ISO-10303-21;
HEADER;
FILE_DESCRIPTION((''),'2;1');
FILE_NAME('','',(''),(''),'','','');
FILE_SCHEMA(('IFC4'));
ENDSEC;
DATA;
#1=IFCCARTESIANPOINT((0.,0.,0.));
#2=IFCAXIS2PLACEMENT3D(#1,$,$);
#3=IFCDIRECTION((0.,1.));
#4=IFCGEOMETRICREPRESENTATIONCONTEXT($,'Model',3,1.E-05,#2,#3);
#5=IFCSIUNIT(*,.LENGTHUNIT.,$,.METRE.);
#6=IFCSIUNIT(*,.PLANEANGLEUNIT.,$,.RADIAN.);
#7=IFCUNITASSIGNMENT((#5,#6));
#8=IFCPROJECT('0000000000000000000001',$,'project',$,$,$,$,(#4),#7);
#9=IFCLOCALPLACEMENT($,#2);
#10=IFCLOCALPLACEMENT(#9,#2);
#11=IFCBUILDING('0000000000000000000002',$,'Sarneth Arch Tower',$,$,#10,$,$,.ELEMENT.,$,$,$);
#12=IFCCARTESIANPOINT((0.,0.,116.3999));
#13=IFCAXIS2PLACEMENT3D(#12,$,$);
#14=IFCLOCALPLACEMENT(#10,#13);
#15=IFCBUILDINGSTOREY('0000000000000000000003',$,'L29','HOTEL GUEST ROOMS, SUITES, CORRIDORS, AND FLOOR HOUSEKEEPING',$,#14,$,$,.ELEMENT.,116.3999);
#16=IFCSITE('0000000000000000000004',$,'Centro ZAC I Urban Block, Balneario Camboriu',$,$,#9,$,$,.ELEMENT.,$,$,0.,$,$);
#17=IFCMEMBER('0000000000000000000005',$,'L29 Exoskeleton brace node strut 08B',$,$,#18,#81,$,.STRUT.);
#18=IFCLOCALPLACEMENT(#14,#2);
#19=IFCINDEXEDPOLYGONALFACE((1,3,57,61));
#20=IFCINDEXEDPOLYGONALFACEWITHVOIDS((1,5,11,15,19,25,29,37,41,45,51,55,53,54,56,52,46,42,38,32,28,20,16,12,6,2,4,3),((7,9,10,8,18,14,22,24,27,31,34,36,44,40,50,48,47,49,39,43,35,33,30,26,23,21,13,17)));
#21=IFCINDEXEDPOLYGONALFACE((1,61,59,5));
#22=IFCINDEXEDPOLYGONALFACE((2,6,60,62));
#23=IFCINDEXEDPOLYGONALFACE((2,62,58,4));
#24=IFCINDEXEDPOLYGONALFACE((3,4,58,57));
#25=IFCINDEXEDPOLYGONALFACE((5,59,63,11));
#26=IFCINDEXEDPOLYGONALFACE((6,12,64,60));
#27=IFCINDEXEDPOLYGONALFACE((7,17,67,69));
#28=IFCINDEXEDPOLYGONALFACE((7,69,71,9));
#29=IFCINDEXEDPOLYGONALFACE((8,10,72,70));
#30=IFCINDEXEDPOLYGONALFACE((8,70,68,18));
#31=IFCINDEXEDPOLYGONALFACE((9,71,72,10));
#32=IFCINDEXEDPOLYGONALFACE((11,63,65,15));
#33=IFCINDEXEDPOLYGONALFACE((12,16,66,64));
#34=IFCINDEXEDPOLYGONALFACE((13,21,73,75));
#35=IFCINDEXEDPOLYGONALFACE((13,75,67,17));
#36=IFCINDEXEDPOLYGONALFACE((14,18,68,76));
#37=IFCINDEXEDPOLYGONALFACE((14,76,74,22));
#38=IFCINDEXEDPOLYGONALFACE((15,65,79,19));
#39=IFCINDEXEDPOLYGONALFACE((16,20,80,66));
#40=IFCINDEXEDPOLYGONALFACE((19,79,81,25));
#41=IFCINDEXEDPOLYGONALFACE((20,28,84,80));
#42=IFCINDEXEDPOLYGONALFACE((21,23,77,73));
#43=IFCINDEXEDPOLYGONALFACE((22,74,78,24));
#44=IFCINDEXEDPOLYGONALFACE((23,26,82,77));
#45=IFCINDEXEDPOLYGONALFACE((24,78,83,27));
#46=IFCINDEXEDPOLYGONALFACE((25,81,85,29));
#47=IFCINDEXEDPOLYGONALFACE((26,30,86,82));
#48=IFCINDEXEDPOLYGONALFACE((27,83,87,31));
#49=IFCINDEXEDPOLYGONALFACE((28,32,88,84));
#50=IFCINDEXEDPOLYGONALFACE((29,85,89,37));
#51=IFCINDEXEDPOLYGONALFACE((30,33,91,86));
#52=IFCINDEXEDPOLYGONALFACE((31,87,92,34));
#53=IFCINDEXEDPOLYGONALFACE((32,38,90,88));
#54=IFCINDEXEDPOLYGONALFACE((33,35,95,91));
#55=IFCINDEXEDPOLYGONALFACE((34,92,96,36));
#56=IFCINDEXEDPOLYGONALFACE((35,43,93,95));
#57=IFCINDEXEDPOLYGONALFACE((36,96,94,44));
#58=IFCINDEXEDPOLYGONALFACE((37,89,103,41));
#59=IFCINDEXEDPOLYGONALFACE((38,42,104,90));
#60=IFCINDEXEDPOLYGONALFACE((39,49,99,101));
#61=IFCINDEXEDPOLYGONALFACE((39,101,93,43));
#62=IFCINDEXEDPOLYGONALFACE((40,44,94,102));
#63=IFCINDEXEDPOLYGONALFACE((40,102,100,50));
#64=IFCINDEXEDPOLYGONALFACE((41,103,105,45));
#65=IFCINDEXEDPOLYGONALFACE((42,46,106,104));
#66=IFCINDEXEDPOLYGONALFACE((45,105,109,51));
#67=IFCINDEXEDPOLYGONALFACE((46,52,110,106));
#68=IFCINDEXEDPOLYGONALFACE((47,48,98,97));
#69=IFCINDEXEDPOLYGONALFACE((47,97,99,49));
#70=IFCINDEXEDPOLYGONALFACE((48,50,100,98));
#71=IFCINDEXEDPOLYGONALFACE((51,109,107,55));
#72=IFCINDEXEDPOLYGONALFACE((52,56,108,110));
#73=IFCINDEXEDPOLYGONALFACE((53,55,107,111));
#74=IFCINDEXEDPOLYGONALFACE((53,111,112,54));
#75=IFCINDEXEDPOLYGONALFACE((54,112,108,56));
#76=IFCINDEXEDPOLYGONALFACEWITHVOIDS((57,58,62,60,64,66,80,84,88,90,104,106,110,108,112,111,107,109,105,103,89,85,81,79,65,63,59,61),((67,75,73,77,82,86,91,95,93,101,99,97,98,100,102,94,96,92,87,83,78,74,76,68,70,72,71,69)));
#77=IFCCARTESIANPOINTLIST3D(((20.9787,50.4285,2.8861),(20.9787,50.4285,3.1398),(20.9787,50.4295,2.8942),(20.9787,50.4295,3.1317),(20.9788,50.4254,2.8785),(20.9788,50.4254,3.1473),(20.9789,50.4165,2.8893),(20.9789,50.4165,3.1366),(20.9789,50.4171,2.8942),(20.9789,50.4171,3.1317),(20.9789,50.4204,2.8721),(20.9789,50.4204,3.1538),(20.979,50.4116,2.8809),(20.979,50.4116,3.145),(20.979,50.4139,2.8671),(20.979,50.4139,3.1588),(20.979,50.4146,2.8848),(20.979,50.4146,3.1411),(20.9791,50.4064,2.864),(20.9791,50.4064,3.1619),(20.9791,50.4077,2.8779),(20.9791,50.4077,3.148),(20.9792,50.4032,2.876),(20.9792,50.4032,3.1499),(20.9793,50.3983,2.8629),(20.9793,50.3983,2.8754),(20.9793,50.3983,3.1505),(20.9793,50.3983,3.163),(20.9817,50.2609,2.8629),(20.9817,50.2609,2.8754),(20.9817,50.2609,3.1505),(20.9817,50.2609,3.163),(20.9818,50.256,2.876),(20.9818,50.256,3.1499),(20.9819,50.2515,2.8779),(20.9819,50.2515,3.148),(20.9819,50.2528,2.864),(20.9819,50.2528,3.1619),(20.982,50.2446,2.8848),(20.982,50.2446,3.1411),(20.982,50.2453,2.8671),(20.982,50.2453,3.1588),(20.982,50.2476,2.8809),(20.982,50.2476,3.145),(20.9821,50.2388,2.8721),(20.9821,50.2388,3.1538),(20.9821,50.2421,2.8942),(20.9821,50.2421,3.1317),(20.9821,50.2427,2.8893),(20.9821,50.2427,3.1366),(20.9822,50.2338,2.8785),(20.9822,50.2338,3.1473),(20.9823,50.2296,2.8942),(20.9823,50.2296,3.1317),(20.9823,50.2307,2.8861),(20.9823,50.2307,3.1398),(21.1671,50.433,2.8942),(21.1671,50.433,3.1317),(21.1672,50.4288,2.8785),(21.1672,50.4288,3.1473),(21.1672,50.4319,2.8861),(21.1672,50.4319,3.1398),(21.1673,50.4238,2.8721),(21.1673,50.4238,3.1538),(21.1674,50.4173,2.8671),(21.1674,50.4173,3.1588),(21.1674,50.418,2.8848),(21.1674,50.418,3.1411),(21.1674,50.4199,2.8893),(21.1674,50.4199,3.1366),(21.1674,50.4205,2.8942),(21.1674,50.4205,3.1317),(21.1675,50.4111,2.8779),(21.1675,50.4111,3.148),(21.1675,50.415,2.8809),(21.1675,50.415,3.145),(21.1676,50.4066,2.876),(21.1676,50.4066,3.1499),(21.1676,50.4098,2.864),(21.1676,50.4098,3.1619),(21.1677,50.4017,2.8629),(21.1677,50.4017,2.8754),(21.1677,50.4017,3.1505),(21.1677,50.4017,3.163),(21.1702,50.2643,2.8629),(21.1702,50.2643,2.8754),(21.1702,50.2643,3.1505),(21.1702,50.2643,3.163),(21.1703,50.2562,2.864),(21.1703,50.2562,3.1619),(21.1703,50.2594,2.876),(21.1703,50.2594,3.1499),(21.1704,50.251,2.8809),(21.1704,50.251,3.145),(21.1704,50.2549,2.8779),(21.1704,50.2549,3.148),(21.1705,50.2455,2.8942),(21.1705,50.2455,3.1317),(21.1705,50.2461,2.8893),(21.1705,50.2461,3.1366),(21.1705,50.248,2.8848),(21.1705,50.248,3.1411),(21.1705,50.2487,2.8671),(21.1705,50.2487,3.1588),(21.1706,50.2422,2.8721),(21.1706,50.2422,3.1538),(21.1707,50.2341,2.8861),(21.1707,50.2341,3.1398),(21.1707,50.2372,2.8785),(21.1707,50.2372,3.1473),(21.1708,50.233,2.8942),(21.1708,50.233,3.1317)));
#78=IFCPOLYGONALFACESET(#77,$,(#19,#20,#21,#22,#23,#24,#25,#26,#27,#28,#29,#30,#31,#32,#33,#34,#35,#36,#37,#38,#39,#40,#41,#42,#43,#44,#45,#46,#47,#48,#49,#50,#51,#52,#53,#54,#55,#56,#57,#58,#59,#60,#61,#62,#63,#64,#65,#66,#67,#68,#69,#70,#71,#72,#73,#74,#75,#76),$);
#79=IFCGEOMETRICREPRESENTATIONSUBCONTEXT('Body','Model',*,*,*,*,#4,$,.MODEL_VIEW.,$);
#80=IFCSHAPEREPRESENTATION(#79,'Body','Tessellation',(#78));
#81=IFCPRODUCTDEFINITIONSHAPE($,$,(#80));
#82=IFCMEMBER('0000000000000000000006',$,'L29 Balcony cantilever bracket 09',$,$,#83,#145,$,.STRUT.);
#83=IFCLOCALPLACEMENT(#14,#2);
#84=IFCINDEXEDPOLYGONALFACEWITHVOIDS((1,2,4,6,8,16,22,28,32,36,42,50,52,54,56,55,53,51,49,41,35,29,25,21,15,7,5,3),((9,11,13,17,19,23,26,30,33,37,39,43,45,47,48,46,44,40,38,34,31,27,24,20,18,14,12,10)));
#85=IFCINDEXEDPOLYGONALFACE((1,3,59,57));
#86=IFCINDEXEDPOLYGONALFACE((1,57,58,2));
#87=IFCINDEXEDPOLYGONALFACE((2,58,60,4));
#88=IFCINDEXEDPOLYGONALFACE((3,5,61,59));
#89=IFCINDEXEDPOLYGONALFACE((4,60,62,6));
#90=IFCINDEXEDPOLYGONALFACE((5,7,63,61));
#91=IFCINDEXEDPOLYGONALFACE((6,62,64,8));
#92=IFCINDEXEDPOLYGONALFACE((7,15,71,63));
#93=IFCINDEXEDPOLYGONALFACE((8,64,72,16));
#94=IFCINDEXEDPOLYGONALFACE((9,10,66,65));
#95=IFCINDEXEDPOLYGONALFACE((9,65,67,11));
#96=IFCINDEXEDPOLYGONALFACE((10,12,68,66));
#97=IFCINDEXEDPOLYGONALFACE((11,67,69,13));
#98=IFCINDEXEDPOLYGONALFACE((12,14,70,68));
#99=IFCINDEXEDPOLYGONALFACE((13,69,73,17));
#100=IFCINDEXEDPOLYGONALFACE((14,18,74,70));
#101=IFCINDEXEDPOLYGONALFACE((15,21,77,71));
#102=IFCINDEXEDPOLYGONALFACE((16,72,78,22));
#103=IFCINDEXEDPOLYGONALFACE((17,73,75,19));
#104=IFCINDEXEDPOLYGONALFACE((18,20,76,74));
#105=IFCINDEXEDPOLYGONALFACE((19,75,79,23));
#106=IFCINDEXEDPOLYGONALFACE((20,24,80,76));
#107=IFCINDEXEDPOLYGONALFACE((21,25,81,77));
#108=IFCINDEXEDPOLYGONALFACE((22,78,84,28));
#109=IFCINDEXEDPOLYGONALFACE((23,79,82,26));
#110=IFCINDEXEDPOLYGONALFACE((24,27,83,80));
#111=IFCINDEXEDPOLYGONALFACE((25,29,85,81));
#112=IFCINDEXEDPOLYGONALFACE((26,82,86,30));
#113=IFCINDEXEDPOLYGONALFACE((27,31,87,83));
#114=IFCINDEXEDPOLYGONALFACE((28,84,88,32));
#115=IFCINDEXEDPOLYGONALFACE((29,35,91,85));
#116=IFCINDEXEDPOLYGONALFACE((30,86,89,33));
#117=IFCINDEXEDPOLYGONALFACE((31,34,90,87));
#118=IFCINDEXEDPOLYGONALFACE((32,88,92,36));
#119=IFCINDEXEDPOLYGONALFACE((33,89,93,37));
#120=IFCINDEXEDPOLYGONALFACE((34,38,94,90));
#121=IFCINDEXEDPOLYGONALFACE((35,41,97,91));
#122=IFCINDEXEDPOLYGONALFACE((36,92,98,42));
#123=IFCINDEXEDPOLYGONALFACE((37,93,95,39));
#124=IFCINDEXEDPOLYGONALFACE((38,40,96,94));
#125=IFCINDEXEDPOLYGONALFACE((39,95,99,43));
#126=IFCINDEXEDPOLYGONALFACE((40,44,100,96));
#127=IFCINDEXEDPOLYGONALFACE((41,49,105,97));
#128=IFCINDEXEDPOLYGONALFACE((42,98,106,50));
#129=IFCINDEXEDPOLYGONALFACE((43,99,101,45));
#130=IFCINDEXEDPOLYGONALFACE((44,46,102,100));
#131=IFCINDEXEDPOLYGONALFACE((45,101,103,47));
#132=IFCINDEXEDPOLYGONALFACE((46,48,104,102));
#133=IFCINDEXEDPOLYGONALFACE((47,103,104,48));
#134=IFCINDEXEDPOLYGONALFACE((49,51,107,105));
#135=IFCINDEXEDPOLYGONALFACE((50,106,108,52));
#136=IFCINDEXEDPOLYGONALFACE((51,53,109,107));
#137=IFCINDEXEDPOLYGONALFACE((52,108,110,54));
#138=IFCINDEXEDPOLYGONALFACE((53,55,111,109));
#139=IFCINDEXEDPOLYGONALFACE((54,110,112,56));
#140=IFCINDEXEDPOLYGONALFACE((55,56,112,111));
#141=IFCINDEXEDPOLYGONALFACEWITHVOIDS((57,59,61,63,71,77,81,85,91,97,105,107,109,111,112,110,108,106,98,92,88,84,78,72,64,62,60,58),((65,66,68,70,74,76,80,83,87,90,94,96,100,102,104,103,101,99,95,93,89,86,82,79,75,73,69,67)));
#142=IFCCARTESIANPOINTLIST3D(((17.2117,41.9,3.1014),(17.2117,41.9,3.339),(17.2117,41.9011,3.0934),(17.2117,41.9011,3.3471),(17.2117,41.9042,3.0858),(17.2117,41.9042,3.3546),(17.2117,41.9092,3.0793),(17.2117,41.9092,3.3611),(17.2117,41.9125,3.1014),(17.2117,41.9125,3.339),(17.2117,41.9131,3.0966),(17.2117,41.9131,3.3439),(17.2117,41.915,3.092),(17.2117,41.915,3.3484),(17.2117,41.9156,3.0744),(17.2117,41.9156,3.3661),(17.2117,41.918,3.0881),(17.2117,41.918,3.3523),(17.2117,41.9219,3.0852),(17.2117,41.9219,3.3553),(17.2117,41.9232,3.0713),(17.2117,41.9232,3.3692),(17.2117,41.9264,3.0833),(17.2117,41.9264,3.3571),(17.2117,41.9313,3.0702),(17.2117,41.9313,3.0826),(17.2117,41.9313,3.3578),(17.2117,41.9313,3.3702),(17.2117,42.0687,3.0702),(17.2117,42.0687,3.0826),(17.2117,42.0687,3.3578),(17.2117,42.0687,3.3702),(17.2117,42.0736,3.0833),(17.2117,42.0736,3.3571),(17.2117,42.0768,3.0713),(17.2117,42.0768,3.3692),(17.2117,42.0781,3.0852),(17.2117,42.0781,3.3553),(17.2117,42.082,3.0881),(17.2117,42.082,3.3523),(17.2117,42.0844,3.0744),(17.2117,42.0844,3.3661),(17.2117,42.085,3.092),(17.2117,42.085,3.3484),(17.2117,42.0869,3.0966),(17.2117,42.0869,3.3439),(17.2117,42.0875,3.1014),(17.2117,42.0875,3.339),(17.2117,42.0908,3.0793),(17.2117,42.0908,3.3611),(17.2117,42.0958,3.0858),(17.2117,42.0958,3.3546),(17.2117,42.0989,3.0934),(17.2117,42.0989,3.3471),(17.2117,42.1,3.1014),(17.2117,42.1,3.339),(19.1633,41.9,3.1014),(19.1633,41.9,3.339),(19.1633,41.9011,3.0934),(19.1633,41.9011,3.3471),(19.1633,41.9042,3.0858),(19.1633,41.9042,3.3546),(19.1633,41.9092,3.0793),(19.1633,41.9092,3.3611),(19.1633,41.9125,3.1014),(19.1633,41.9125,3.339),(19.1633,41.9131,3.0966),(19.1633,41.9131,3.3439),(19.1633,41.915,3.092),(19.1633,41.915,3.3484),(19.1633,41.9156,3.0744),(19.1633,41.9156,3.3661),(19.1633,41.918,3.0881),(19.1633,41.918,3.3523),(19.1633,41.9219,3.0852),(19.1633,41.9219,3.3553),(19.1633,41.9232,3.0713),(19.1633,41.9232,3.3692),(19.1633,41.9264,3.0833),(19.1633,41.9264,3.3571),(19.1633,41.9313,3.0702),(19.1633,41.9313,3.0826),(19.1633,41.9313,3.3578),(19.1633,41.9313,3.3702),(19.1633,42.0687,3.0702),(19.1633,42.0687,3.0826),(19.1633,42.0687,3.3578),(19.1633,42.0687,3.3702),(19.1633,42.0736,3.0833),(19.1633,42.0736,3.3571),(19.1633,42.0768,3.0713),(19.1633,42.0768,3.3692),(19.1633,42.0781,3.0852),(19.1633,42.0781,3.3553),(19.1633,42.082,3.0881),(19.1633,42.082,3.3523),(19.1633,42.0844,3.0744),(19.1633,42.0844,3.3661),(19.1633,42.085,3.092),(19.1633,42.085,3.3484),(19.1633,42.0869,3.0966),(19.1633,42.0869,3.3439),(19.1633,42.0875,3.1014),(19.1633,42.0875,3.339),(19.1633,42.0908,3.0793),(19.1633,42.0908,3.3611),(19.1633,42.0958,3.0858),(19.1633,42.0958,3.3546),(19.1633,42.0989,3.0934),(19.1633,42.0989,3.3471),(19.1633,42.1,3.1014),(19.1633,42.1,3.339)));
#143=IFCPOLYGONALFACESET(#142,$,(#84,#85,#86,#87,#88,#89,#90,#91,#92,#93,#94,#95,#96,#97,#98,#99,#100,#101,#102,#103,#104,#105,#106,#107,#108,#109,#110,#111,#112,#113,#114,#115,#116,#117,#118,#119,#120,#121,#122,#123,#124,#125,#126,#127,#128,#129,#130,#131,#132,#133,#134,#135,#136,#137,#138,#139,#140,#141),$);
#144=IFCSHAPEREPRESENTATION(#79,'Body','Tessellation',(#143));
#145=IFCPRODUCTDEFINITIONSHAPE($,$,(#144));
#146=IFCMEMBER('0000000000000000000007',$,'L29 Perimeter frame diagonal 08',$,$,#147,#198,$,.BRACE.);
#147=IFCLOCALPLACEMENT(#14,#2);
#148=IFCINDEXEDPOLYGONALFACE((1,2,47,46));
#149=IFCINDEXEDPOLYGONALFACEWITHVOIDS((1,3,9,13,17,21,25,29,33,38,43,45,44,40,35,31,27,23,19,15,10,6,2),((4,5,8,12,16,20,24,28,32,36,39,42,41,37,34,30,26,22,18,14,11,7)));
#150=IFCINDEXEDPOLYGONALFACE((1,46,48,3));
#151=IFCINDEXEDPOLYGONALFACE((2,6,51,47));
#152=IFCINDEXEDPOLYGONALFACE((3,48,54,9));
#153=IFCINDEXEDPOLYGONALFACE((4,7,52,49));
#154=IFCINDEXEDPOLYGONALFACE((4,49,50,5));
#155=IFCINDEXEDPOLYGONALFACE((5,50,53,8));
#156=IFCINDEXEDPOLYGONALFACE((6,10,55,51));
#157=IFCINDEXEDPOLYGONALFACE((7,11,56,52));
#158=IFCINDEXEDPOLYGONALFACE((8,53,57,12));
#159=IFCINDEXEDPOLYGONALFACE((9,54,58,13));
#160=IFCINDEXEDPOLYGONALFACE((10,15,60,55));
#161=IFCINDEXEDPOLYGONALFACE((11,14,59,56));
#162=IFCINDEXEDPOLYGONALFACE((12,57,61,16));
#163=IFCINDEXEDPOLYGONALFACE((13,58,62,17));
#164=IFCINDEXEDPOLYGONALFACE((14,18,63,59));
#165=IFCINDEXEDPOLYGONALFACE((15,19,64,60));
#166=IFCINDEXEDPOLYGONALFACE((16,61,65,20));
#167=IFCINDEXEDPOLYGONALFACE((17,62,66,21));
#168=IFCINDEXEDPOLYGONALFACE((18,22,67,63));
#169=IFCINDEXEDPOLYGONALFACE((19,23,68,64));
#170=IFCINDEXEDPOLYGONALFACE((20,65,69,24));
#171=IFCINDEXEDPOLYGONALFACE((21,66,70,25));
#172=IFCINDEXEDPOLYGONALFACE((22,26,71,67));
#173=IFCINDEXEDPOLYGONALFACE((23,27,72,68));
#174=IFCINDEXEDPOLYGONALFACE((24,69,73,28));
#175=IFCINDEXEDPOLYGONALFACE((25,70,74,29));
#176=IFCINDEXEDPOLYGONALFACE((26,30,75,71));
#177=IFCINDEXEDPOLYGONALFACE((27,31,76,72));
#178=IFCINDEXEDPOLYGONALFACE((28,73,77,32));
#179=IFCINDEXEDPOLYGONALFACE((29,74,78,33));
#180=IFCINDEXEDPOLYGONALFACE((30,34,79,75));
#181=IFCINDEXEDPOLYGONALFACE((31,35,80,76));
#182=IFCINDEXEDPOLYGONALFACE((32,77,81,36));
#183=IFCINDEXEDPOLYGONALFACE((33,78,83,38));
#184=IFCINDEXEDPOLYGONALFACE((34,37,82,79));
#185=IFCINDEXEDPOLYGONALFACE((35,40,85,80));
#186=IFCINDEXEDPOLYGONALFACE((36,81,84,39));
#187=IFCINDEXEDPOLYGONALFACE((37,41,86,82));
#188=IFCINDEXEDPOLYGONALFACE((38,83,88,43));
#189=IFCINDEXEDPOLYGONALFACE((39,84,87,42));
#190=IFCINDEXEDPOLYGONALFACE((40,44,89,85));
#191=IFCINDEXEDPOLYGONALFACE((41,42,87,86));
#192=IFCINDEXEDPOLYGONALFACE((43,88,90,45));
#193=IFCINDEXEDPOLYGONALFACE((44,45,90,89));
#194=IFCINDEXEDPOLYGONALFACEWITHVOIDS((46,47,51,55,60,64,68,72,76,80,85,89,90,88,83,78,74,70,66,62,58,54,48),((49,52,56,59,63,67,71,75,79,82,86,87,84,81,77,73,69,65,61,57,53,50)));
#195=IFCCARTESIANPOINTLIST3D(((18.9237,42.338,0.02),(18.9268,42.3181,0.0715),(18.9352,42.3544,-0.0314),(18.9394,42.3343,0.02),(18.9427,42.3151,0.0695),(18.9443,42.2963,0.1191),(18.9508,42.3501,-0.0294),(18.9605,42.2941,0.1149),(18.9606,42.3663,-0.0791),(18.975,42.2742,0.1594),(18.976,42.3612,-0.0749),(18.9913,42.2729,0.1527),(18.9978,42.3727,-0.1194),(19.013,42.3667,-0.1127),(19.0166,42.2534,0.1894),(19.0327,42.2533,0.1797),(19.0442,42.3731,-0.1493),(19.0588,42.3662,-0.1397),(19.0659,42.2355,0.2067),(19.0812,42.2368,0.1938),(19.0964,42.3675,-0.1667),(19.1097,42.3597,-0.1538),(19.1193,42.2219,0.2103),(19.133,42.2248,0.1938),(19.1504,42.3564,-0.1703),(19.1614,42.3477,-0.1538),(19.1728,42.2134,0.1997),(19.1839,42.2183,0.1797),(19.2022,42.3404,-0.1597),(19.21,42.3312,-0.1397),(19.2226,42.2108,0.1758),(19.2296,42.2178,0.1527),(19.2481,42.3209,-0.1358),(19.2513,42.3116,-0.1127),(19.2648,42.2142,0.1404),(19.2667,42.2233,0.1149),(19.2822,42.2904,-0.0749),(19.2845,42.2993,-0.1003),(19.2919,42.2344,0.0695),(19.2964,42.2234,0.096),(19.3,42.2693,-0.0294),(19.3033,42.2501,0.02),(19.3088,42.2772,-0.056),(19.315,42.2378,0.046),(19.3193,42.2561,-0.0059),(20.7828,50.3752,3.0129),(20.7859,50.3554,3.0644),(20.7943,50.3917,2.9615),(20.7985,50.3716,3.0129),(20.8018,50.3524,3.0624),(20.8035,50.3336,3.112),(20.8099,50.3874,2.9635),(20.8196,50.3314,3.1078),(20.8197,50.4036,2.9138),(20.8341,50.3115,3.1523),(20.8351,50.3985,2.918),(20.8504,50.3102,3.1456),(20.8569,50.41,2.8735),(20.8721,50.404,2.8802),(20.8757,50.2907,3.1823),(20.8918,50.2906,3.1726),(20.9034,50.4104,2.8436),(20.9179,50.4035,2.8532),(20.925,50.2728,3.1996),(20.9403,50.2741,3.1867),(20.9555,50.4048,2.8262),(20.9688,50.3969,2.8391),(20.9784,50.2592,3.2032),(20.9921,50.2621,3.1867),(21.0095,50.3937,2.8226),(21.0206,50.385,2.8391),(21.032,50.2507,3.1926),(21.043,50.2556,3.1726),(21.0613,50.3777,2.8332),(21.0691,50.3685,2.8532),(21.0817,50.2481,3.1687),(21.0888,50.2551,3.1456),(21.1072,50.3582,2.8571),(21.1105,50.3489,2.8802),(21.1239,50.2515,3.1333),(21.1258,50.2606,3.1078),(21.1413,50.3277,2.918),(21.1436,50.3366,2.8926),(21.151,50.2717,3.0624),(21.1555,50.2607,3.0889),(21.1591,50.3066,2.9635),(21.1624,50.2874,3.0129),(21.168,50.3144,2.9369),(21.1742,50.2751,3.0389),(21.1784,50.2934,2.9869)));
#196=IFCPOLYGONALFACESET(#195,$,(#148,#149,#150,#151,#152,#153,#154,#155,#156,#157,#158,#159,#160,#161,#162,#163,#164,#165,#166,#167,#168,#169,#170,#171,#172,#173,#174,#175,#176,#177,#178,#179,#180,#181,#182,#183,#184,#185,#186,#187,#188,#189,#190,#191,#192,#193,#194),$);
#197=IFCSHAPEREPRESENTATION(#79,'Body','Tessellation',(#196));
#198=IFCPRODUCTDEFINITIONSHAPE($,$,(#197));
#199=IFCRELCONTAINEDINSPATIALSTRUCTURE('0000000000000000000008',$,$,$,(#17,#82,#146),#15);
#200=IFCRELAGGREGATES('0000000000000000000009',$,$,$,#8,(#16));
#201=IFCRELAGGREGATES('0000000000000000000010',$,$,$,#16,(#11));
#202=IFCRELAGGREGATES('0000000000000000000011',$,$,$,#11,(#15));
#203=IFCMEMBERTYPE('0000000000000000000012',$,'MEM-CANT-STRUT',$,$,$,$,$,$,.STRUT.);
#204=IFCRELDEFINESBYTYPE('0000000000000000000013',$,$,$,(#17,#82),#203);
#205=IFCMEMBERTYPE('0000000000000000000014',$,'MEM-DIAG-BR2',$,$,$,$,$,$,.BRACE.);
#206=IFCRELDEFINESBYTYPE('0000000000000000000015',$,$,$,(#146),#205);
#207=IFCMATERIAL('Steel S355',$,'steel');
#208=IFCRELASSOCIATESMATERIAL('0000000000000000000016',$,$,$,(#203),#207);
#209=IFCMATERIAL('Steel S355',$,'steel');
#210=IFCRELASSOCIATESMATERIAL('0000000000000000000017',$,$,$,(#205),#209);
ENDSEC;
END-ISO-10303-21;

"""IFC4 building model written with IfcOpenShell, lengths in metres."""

from ifc_helpers import new_model, si_unit, direction, frame, origin, origin_2d, place, context, subcontext, project, spatial, hollow_rectangle, hollow_circle, extrude, material, material_profile, profile_set, type_object, element, save


model = new_model("IFC4")

# Units and contexts
model_context = context("Model", 3, precision=1e-05, world=origin(), true_north=direction((0.0, 1.0)))
body_context = subcontext(model_context, "Body", "Model", "MODEL_VIEW")
ifc_project = project(units=[si_unit("LENGTHUNIT", "METRE"), si_unit("PLANEANGLEUNIT", "RADIAN")], contexts=[model_context])

# Site, building, storey
site_placement = place(None, origin())
site = spatial("IfcSite", under=ifc_project, at=site_placement, Name="Centro ZAC I Urban Block, Balneario Camboriu", CompositionType="ELEMENT", RefElevation=0.0)
building_placement = place(site_placement, origin())
building = spatial("IfcBuilding", under=site, at=building_placement, Name="Sarneth Arch Tower", CompositionType="ELEMENT")
storey_placement = place(building_placement, frame((0.0, 0.0, 116.3999)))
storey = spatial("IfcBuildingStorey", under=building, at=storey_placement, Name="L29", Description="HOTEL GUEST ROOMS, SUITES, CORRIDORS, AND FLOOR HOUSEKEEPING", CompositionType="ELEMENT", Elevation=116.3999)

# Members
ifc_material_1 = material(Name="Steel S355", Category="steel")
ifc_material_profile_1 = material_profile(ifc_material_1, hollow_rectangle(XDim=0.2, YDim=0.3, WallThickness=0.0125, InnerFilletRadius=0.0188, OuterFilletRadius=0.0312, at=origin_2d()), Name="RHS300x200x12.5")
ifc_profile_set_1 = profile_set([ifc_material_profile_1], Name="Steel S355")
member_type_1 = type_object("IfcMemberType", Name="MEM-CANT-STRUT", PredefinedType="STRUT", material=ifc_profile_set_1)
member_1_placement = place(storey_placement, frame((21.1689, 50.333, 3.0129), z_axis=(-0.999836, -0.018132, 0.0), x_axis=(0.018132, -0.999836, 0.0)))
element("IfcMember", 1, at=member_1_placement, inside=storey, type_object=member_type_1, Name="L29 Exoskeleton brace node strut 08B", PredefinedType="STRUT", context=body_context, shape_type="SweptSolid", body=[
    extrude(hollow_rectangle(XDim=0.2, YDim=0.3, WallThickness=0.0125, InnerFilletRadius=0.0188, OuterFilletRadius=0.0312, at=origin_2d()), origin(), (0.0, 0.0, 1.0), 0.1885),
])
member_2_placement = place(storey_placement, frame((19.1633, 42.0, 3.2202), z_axis=(-1.0, 0.0, 0.0), x_axis=(0.0, -1.0, 0.0)))
element("IfcMember", 2, at=member_2_placement, inside=storey, type_object=member_type_1, Name="L29 Balcony cantilever bracket 09", PredefinedType="STRUT", context=body_context, shape_type="SweptSolid", body=[
    extrude(hollow_rectangle(XDim=0.2, YDim=0.3, WallThickness=0.0125, InnerFilletRadius=0.0188, OuterFilletRadius=0.0312, at=origin_2d()), origin(), (0.0, 0.0, 1.0), 1.9517),
])
ifc_material_2 = material(Name="Steel S355", Category="steel")
ifc_material_profile_2 = material_profile(ifc_material_2, hollow_circle(Radius=0.2029, WallThickness=0.0161, at=origin_2d()), Name="CHS406x16")
ifc_profile_set_2 = profile_set([ifc_material_profile_2], Name="Steel S355")
member_type_2 = type_object("IfcMemberType", Name="MEM-DIAG-BR2", PredefinedType="BRACE", material=ifc_profile_set_2)
member_3_placement = place(storey_placement, frame((19.1213, 42.2922, 0.02), z_axis=(0.21185, 0.915864, 0.341046), x_axis=(-0.974275, 0.225361, 0.0)))
element("IfcMember", 3, at=member_3_placement, inside=storey, type_object=member_type_2, Name="L29 Perimeter frame diagonal 08", PredefinedType="BRACE", context=body_context, shape_type="SweptSolid", body=[
    extrude(hollow_circle(Radius=0.2029, WallThickness=0.0161, at=origin_2d()), origin(), (0.0, 0.0, 1.0), 8.7756),
])

save(model, "model.ifc")
